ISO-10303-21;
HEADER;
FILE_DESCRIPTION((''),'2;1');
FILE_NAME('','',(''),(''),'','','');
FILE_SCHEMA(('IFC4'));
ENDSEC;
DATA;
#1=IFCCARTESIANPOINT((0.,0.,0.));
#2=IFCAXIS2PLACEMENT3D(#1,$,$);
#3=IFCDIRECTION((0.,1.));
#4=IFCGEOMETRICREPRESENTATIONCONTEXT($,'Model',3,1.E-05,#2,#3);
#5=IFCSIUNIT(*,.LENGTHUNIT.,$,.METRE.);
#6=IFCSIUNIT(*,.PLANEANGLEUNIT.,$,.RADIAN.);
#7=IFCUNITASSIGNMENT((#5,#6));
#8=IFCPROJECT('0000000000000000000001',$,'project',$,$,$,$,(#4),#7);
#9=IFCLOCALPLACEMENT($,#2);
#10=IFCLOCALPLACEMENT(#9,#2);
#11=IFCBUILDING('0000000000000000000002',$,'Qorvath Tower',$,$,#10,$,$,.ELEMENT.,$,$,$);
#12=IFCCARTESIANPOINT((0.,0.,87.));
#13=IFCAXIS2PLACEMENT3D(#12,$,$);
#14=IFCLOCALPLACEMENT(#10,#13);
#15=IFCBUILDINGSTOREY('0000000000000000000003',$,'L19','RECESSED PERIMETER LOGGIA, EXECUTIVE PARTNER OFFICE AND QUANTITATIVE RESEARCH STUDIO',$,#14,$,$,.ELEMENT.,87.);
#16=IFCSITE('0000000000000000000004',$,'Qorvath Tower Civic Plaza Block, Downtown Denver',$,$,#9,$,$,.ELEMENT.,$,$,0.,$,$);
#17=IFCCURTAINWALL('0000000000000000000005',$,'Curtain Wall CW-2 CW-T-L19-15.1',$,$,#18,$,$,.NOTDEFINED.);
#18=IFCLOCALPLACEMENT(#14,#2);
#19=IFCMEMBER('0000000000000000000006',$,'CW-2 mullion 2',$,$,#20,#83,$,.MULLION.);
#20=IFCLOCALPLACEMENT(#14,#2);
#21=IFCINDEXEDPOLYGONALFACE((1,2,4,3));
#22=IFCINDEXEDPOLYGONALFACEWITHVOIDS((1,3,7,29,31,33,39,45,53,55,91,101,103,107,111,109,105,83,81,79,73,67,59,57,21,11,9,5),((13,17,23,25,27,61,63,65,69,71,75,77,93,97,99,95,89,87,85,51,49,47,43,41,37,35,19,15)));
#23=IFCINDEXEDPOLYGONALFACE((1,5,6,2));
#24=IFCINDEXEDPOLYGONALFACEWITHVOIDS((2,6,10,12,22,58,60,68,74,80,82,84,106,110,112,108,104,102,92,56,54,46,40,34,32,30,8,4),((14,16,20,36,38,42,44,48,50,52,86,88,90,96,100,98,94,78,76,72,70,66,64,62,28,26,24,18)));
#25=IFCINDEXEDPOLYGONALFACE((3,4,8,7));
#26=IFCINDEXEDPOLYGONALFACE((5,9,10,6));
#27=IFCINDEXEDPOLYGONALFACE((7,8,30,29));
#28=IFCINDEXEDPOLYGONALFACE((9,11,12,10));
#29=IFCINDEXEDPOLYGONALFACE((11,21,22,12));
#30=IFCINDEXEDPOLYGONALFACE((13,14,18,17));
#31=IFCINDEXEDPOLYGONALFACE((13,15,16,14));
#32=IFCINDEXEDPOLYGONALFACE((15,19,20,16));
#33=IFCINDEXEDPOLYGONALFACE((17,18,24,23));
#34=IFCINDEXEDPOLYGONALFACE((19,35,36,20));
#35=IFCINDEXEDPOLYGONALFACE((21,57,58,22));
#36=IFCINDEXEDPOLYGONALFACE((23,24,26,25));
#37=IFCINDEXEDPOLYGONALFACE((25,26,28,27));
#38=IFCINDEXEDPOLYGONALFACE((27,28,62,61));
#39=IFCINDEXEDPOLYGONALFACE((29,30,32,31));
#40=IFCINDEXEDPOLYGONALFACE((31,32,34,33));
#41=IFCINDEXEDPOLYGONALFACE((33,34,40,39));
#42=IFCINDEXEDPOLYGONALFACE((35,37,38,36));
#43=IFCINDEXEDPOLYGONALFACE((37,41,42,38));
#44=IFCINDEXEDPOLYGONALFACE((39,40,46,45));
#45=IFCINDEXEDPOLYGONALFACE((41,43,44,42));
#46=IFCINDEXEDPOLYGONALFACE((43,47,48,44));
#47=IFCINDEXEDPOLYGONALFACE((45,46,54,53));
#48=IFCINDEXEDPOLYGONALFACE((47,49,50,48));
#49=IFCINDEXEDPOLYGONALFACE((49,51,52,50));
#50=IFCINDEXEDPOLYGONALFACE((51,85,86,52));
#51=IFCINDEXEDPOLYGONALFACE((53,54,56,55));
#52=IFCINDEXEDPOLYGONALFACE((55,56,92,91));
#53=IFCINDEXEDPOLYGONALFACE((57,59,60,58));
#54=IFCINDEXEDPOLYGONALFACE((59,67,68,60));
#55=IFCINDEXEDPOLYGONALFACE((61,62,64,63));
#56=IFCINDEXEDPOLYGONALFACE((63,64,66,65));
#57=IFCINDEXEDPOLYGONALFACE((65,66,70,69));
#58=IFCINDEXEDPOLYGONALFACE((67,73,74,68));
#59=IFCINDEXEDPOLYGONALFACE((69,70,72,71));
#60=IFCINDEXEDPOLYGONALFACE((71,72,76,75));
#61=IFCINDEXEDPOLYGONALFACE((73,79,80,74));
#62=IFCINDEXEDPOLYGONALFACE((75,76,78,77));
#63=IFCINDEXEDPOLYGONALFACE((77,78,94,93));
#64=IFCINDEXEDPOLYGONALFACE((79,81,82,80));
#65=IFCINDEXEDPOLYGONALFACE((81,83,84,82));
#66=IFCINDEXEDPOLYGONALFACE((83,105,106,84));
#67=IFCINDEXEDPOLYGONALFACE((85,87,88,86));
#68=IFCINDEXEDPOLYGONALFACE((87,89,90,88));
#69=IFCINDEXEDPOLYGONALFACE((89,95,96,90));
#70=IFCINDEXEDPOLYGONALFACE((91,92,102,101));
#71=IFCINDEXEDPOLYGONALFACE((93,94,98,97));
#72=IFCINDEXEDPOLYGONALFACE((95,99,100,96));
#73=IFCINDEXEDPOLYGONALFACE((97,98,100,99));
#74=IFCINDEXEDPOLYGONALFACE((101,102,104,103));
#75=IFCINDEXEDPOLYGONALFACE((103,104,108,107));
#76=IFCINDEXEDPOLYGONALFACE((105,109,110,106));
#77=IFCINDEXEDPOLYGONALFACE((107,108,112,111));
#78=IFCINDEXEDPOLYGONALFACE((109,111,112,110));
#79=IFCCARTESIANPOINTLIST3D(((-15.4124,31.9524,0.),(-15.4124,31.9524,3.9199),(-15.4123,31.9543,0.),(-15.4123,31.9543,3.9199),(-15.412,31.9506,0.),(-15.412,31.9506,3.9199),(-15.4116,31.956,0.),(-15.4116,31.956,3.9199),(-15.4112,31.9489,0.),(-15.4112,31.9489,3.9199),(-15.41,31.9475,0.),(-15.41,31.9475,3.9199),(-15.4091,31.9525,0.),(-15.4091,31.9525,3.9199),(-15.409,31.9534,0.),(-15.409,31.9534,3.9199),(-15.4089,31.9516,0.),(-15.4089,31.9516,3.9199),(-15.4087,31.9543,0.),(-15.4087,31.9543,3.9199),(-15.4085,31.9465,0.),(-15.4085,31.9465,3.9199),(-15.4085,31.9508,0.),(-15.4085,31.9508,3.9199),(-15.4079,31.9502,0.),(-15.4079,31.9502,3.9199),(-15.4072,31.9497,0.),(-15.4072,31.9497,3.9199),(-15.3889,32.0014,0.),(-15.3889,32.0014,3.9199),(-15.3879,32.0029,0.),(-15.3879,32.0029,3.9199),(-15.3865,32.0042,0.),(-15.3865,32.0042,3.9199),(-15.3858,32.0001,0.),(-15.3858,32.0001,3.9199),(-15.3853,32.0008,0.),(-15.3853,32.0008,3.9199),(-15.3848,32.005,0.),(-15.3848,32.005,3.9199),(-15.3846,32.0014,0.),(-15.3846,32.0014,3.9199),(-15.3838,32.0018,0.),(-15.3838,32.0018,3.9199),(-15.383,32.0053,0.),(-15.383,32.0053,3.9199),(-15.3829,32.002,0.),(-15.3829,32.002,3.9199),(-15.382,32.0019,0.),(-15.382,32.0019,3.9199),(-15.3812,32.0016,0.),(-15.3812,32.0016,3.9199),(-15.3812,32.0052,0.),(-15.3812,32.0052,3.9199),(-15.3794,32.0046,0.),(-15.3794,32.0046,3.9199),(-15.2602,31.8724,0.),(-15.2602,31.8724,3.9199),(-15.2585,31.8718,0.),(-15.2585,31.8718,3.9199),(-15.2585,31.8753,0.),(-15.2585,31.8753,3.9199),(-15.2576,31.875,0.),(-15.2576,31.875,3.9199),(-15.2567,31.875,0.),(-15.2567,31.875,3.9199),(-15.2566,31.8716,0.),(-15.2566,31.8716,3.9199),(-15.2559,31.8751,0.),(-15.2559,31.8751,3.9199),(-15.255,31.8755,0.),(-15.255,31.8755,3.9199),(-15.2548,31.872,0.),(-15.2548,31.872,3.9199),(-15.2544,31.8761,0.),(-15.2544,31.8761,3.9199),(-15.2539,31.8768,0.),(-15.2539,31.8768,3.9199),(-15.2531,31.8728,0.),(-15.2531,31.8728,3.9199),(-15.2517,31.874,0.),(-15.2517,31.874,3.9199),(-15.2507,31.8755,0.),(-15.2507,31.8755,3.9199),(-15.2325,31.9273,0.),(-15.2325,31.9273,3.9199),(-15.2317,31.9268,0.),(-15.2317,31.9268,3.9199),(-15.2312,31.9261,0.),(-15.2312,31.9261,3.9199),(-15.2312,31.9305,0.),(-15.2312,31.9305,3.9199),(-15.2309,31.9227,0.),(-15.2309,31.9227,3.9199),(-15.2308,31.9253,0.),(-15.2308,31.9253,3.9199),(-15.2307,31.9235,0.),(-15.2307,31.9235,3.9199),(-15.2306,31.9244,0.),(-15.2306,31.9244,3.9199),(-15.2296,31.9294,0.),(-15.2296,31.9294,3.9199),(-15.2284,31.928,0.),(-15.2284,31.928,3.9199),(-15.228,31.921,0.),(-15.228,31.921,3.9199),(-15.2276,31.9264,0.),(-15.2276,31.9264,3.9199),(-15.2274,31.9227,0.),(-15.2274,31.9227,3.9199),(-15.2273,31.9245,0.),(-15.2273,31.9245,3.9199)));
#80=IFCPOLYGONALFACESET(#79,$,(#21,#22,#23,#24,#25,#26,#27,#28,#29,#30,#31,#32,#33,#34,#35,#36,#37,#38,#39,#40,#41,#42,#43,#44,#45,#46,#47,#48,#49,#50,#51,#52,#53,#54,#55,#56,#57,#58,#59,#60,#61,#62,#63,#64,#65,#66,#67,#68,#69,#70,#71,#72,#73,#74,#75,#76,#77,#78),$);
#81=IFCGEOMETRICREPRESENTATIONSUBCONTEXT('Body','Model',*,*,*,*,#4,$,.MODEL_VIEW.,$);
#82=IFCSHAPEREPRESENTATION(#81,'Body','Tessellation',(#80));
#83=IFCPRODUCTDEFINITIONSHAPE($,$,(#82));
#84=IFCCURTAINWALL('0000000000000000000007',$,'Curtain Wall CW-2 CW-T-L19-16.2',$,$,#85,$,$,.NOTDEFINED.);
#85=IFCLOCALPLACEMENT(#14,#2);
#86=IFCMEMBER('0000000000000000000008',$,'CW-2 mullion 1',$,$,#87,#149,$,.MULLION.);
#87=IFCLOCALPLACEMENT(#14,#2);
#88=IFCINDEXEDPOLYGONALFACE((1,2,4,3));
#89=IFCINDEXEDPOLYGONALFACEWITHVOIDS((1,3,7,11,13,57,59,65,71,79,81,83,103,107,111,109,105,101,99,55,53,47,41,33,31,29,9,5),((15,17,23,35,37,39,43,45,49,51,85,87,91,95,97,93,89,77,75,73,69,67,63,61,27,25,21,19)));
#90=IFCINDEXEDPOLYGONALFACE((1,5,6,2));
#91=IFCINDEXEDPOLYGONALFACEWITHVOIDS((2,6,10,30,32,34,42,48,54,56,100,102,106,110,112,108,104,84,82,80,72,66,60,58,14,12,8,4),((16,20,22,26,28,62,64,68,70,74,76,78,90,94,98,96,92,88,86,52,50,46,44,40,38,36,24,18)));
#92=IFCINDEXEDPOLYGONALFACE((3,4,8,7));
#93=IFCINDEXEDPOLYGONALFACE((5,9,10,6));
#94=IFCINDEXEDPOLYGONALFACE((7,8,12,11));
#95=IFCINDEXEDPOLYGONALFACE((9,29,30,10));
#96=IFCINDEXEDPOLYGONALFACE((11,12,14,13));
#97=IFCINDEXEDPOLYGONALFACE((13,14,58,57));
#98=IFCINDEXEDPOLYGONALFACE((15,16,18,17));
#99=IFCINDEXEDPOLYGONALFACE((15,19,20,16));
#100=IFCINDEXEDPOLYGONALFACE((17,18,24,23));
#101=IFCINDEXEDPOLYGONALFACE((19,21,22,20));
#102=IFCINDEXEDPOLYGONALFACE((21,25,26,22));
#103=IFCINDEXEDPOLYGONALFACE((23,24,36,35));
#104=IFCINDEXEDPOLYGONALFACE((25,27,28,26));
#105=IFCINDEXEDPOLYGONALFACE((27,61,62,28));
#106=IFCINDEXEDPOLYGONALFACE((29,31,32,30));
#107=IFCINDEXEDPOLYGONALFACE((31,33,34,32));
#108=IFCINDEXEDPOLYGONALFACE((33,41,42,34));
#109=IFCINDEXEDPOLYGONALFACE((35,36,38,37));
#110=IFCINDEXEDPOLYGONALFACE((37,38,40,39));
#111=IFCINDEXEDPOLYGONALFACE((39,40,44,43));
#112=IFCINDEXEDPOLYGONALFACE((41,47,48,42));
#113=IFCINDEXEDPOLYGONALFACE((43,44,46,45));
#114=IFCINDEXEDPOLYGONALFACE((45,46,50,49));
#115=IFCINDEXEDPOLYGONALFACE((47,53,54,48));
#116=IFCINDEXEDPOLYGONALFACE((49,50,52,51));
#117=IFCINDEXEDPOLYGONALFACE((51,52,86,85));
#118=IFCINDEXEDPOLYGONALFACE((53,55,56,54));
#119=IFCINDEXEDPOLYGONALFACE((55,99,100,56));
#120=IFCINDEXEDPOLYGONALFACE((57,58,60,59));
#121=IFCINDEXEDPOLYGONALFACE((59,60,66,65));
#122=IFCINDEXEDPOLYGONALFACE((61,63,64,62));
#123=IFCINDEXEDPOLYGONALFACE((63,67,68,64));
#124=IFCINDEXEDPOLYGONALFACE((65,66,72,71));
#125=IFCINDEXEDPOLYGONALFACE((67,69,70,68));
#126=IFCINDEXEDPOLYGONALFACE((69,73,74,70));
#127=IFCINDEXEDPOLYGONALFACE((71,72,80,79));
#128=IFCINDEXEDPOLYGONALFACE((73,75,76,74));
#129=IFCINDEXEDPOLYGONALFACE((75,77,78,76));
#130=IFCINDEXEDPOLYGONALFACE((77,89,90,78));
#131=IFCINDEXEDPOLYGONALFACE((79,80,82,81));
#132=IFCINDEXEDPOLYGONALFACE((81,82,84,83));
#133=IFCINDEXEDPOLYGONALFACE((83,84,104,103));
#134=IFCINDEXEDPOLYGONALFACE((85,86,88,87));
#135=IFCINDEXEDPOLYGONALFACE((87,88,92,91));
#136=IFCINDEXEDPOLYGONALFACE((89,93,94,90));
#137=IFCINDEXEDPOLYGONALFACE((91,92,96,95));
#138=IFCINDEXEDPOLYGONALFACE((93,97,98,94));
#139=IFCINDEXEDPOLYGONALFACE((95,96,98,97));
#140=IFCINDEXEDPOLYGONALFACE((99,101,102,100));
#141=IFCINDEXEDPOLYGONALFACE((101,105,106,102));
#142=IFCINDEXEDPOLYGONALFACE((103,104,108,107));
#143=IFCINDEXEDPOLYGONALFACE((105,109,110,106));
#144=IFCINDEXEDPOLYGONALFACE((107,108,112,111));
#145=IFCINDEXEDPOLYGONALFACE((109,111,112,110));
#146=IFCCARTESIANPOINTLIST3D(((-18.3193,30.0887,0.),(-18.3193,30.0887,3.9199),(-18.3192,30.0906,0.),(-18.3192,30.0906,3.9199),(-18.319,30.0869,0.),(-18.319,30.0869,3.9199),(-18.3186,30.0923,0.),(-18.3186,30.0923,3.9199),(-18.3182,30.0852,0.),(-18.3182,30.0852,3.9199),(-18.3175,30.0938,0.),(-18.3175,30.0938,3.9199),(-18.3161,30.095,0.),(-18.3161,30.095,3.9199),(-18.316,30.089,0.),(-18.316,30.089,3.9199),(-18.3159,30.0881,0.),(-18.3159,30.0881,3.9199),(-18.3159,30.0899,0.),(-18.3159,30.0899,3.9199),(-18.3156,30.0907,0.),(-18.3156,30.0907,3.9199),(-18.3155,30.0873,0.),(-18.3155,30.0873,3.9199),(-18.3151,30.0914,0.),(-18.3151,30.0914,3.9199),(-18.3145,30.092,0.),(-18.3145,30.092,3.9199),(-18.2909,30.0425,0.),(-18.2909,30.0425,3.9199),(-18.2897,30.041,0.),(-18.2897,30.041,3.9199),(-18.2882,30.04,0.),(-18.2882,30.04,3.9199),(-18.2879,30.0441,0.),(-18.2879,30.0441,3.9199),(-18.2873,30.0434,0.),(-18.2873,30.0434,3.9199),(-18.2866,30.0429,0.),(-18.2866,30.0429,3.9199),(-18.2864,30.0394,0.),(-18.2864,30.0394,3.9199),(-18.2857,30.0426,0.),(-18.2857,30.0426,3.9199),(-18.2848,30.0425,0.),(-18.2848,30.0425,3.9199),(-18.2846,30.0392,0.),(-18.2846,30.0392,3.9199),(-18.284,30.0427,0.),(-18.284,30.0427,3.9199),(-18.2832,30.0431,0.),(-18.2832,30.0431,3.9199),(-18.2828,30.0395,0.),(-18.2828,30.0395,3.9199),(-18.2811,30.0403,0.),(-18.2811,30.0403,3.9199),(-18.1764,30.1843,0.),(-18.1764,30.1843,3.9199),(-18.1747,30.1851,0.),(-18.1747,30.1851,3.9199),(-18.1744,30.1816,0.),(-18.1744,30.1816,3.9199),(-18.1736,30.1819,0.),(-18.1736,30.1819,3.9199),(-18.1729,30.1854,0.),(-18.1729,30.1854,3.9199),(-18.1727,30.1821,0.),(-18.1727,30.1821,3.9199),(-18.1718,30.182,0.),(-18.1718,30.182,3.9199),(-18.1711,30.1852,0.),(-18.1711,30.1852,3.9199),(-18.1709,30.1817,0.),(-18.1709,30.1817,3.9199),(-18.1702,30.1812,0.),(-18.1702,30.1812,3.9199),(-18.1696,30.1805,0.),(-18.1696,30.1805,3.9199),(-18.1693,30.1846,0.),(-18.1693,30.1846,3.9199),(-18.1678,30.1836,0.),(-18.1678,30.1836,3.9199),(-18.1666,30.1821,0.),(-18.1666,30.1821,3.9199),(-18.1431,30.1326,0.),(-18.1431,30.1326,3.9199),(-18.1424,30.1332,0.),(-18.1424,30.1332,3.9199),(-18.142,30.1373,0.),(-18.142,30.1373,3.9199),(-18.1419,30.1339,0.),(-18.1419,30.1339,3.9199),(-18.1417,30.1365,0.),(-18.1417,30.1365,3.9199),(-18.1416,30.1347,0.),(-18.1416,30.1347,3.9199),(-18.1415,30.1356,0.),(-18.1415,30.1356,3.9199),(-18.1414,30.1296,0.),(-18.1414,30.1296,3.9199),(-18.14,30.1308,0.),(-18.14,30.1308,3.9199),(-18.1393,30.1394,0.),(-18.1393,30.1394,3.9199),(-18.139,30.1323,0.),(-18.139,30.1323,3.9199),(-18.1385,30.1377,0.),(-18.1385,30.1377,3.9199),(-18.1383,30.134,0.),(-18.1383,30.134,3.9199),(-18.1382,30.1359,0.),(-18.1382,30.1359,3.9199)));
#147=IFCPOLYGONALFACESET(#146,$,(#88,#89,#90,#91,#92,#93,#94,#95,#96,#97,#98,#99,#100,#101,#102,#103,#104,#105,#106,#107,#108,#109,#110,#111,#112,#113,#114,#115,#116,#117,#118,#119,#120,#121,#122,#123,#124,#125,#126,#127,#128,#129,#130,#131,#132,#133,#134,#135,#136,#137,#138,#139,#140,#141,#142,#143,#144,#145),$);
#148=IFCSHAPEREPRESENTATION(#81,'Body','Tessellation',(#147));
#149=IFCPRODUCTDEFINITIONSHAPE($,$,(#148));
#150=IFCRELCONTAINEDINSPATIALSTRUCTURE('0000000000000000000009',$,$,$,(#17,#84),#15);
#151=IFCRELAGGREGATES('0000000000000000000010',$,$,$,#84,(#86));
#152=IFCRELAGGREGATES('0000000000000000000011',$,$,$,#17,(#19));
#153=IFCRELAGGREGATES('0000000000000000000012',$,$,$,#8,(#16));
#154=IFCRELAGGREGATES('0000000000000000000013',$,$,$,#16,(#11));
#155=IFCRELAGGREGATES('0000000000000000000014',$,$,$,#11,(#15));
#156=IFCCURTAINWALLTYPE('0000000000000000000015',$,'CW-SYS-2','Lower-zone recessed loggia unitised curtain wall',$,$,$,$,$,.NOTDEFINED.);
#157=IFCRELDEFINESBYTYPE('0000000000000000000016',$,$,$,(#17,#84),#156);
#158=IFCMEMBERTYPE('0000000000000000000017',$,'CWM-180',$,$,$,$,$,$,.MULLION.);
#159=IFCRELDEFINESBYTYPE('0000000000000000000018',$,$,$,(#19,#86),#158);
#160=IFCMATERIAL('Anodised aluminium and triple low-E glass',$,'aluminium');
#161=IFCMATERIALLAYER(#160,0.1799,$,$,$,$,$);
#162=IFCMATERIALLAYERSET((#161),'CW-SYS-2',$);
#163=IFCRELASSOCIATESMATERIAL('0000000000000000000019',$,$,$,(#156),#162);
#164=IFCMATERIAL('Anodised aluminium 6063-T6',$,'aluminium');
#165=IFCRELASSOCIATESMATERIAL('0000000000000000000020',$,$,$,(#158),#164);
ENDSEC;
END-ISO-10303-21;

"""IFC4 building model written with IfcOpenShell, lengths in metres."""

from ifc_helpers import new_model, si_unit, direction, frame, origin, origin_2d, place, context, subcontext, project, spatial, hollow_rectangle, extrude, material, layer, layer_set, material_profile, profile_set, type_object, element, aggregate, save


model = new_model("IFC4")

# Units and contexts
model_context = context("Model", 3, precision=1e-05, world=origin(), true_north=direction((0.0, 1.0)))
body_context = subcontext(model_context, "Body", "Model", "MODEL_VIEW")
ifc_project = project(units=[si_unit("LENGTHUNIT", "METRE"), si_unit("PLANEANGLEUNIT", "RADIAN")], contexts=[model_context])

# Site, building, storey
site_placement = place(None, origin())
site = spatial("IfcSite", under=ifc_project, at=site_placement, Name="Qorvath Tower Civic Plaza Block, Downtown Denver", CompositionType="ELEMENT", RefElevation=0.0)
building_placement = place(site_placement, origin())
building = spatial("IfcBuilding", under=site, at=building_placement, Name="Qorvath Tower", CompositionType="ELEMENT")
storey_placement = place(building_placement, frame((0.0, 0.0, 87.0)))
storey = spatial("IfcBuildingStorey", under=building, at=storey_placement, Name="L19", Description="RECESSED PERIMETER LOGGIA, EXECUTIVE PARTNER OFFICE AND QUANTITATIVE RESEARCH STUDIO", CompositionType="ELEMENT", Elevation=87.0)

# Shared definitions
ifc_material_1 = material(Name="Anodised aluminium and triple low-E glass", Category="aluminium")
ifc_layer_1 = layer(ifc_material_1, 0.1799)
ifc_layer_set_1 = layer_set([ifc_layer_1], Name="CW-SYS-2")
curtain_wall_type = type_object("IfcCurtainWallType", Name="CW-SYS-2", Description="Lower-zone recessed loggia unitised curtain wall", PredefinedType="NOTDEFINED", material=ifc_layer_set_1)
ifc_material_2 = material(Name="Anodised aluminium 6063-T6", Category="aluminium")
ifc_material_profile_1 = material_profile(ifc_material_2, hollow_rectangle(XDim=0.0649, YDim=0.1799, WallThickness=0.0034, InnerFilletRadius=0.0034, OuterFilletRadius=0.0071, at=origin_2d()), Name="CWM 180x65")
ifc_profile_set_1 = profile_set([ifc_material_profile_1], Name="Anodised aluminium 6063-T6")
member_type_1 = type_object("IfcMemberType", Name="CWM-180", PredefinedType="MULLION", material=ifc_profile_set_1)

# Curtain wall, member
curtain_wall_1_placement = place(storey_placement, origin())
curtain_wall_1 = element("IfcCurtainWall", 1, at=curtain_wall_1_placement, inside=storey, type_object=curtain_wall_type, Name="Curtain Wall CW-2 CW-T-L19-15.1", PredefinedType="NOTDEFINED")
member_1_placement = place(storey_placement, frame((-15.3198, 31.9385, 0.0), z_axis=(0.0, 0.0, 1.0), x_axis=(-0.44719, -0.894439, 0.0)))
member_1 = element("IfcMember", 2, at=member_1_placement, type_object=member_type_1, Name="CW-2 mullion 2", PredefinedType="MULLION", context=body_context, shape_type="SweptSolid", body=[
    extrude(hollow_rectangle(XDim=0.0649, YDim=0.1799, WallThickness=0.0034, InnerFilletRadius=0.0034, OuterFilletRadius=0.0071, at=origin_2d()), origin(), (0.0, 0.0, 1.0), 3.9199),
])

# Curtain wall, member
curtain_wall_2_placement = place(storey_placement, origin())
curtain_wall_2 = element("IfcCurtainWall", 3, at=curtain_wall_2_placement, inside=storey, type_object=curtain_wall_type, Name="Curtain Wall CW-2 CW-T-L19-16.2", PredefinedType="NOTDEFINED")
member_2_placement = place(storey_placement, frame((-18.2288, 30.1123, 0.0), z_axis=(0.0, 0.0, 1.0), x_axis=(0.538531, -0.842606, 0.0)))
member_2 = element("IfcMember", 4, at=member_2_placement, type_object=member_type_1, Name="CW-2 mullion 1", PredefinedType="MULLION", context=body_context, shape_type="SweptSolid", body=[
    extrude(hollow_rectangle(XDim=0.0649, YDim=0.1799, WallThickness=0.0034, InnerFilletRadius=0.0034, OuterFilletRadius=0.0071, at=origin_2d()), origin(), (0.0, 0.0, 1.0), 3.9199),
])

aggregate(curtain_wall_2, [member_2])

aggregate(curtain_wall_1, [member_1])

save(model, "model.ifc")
